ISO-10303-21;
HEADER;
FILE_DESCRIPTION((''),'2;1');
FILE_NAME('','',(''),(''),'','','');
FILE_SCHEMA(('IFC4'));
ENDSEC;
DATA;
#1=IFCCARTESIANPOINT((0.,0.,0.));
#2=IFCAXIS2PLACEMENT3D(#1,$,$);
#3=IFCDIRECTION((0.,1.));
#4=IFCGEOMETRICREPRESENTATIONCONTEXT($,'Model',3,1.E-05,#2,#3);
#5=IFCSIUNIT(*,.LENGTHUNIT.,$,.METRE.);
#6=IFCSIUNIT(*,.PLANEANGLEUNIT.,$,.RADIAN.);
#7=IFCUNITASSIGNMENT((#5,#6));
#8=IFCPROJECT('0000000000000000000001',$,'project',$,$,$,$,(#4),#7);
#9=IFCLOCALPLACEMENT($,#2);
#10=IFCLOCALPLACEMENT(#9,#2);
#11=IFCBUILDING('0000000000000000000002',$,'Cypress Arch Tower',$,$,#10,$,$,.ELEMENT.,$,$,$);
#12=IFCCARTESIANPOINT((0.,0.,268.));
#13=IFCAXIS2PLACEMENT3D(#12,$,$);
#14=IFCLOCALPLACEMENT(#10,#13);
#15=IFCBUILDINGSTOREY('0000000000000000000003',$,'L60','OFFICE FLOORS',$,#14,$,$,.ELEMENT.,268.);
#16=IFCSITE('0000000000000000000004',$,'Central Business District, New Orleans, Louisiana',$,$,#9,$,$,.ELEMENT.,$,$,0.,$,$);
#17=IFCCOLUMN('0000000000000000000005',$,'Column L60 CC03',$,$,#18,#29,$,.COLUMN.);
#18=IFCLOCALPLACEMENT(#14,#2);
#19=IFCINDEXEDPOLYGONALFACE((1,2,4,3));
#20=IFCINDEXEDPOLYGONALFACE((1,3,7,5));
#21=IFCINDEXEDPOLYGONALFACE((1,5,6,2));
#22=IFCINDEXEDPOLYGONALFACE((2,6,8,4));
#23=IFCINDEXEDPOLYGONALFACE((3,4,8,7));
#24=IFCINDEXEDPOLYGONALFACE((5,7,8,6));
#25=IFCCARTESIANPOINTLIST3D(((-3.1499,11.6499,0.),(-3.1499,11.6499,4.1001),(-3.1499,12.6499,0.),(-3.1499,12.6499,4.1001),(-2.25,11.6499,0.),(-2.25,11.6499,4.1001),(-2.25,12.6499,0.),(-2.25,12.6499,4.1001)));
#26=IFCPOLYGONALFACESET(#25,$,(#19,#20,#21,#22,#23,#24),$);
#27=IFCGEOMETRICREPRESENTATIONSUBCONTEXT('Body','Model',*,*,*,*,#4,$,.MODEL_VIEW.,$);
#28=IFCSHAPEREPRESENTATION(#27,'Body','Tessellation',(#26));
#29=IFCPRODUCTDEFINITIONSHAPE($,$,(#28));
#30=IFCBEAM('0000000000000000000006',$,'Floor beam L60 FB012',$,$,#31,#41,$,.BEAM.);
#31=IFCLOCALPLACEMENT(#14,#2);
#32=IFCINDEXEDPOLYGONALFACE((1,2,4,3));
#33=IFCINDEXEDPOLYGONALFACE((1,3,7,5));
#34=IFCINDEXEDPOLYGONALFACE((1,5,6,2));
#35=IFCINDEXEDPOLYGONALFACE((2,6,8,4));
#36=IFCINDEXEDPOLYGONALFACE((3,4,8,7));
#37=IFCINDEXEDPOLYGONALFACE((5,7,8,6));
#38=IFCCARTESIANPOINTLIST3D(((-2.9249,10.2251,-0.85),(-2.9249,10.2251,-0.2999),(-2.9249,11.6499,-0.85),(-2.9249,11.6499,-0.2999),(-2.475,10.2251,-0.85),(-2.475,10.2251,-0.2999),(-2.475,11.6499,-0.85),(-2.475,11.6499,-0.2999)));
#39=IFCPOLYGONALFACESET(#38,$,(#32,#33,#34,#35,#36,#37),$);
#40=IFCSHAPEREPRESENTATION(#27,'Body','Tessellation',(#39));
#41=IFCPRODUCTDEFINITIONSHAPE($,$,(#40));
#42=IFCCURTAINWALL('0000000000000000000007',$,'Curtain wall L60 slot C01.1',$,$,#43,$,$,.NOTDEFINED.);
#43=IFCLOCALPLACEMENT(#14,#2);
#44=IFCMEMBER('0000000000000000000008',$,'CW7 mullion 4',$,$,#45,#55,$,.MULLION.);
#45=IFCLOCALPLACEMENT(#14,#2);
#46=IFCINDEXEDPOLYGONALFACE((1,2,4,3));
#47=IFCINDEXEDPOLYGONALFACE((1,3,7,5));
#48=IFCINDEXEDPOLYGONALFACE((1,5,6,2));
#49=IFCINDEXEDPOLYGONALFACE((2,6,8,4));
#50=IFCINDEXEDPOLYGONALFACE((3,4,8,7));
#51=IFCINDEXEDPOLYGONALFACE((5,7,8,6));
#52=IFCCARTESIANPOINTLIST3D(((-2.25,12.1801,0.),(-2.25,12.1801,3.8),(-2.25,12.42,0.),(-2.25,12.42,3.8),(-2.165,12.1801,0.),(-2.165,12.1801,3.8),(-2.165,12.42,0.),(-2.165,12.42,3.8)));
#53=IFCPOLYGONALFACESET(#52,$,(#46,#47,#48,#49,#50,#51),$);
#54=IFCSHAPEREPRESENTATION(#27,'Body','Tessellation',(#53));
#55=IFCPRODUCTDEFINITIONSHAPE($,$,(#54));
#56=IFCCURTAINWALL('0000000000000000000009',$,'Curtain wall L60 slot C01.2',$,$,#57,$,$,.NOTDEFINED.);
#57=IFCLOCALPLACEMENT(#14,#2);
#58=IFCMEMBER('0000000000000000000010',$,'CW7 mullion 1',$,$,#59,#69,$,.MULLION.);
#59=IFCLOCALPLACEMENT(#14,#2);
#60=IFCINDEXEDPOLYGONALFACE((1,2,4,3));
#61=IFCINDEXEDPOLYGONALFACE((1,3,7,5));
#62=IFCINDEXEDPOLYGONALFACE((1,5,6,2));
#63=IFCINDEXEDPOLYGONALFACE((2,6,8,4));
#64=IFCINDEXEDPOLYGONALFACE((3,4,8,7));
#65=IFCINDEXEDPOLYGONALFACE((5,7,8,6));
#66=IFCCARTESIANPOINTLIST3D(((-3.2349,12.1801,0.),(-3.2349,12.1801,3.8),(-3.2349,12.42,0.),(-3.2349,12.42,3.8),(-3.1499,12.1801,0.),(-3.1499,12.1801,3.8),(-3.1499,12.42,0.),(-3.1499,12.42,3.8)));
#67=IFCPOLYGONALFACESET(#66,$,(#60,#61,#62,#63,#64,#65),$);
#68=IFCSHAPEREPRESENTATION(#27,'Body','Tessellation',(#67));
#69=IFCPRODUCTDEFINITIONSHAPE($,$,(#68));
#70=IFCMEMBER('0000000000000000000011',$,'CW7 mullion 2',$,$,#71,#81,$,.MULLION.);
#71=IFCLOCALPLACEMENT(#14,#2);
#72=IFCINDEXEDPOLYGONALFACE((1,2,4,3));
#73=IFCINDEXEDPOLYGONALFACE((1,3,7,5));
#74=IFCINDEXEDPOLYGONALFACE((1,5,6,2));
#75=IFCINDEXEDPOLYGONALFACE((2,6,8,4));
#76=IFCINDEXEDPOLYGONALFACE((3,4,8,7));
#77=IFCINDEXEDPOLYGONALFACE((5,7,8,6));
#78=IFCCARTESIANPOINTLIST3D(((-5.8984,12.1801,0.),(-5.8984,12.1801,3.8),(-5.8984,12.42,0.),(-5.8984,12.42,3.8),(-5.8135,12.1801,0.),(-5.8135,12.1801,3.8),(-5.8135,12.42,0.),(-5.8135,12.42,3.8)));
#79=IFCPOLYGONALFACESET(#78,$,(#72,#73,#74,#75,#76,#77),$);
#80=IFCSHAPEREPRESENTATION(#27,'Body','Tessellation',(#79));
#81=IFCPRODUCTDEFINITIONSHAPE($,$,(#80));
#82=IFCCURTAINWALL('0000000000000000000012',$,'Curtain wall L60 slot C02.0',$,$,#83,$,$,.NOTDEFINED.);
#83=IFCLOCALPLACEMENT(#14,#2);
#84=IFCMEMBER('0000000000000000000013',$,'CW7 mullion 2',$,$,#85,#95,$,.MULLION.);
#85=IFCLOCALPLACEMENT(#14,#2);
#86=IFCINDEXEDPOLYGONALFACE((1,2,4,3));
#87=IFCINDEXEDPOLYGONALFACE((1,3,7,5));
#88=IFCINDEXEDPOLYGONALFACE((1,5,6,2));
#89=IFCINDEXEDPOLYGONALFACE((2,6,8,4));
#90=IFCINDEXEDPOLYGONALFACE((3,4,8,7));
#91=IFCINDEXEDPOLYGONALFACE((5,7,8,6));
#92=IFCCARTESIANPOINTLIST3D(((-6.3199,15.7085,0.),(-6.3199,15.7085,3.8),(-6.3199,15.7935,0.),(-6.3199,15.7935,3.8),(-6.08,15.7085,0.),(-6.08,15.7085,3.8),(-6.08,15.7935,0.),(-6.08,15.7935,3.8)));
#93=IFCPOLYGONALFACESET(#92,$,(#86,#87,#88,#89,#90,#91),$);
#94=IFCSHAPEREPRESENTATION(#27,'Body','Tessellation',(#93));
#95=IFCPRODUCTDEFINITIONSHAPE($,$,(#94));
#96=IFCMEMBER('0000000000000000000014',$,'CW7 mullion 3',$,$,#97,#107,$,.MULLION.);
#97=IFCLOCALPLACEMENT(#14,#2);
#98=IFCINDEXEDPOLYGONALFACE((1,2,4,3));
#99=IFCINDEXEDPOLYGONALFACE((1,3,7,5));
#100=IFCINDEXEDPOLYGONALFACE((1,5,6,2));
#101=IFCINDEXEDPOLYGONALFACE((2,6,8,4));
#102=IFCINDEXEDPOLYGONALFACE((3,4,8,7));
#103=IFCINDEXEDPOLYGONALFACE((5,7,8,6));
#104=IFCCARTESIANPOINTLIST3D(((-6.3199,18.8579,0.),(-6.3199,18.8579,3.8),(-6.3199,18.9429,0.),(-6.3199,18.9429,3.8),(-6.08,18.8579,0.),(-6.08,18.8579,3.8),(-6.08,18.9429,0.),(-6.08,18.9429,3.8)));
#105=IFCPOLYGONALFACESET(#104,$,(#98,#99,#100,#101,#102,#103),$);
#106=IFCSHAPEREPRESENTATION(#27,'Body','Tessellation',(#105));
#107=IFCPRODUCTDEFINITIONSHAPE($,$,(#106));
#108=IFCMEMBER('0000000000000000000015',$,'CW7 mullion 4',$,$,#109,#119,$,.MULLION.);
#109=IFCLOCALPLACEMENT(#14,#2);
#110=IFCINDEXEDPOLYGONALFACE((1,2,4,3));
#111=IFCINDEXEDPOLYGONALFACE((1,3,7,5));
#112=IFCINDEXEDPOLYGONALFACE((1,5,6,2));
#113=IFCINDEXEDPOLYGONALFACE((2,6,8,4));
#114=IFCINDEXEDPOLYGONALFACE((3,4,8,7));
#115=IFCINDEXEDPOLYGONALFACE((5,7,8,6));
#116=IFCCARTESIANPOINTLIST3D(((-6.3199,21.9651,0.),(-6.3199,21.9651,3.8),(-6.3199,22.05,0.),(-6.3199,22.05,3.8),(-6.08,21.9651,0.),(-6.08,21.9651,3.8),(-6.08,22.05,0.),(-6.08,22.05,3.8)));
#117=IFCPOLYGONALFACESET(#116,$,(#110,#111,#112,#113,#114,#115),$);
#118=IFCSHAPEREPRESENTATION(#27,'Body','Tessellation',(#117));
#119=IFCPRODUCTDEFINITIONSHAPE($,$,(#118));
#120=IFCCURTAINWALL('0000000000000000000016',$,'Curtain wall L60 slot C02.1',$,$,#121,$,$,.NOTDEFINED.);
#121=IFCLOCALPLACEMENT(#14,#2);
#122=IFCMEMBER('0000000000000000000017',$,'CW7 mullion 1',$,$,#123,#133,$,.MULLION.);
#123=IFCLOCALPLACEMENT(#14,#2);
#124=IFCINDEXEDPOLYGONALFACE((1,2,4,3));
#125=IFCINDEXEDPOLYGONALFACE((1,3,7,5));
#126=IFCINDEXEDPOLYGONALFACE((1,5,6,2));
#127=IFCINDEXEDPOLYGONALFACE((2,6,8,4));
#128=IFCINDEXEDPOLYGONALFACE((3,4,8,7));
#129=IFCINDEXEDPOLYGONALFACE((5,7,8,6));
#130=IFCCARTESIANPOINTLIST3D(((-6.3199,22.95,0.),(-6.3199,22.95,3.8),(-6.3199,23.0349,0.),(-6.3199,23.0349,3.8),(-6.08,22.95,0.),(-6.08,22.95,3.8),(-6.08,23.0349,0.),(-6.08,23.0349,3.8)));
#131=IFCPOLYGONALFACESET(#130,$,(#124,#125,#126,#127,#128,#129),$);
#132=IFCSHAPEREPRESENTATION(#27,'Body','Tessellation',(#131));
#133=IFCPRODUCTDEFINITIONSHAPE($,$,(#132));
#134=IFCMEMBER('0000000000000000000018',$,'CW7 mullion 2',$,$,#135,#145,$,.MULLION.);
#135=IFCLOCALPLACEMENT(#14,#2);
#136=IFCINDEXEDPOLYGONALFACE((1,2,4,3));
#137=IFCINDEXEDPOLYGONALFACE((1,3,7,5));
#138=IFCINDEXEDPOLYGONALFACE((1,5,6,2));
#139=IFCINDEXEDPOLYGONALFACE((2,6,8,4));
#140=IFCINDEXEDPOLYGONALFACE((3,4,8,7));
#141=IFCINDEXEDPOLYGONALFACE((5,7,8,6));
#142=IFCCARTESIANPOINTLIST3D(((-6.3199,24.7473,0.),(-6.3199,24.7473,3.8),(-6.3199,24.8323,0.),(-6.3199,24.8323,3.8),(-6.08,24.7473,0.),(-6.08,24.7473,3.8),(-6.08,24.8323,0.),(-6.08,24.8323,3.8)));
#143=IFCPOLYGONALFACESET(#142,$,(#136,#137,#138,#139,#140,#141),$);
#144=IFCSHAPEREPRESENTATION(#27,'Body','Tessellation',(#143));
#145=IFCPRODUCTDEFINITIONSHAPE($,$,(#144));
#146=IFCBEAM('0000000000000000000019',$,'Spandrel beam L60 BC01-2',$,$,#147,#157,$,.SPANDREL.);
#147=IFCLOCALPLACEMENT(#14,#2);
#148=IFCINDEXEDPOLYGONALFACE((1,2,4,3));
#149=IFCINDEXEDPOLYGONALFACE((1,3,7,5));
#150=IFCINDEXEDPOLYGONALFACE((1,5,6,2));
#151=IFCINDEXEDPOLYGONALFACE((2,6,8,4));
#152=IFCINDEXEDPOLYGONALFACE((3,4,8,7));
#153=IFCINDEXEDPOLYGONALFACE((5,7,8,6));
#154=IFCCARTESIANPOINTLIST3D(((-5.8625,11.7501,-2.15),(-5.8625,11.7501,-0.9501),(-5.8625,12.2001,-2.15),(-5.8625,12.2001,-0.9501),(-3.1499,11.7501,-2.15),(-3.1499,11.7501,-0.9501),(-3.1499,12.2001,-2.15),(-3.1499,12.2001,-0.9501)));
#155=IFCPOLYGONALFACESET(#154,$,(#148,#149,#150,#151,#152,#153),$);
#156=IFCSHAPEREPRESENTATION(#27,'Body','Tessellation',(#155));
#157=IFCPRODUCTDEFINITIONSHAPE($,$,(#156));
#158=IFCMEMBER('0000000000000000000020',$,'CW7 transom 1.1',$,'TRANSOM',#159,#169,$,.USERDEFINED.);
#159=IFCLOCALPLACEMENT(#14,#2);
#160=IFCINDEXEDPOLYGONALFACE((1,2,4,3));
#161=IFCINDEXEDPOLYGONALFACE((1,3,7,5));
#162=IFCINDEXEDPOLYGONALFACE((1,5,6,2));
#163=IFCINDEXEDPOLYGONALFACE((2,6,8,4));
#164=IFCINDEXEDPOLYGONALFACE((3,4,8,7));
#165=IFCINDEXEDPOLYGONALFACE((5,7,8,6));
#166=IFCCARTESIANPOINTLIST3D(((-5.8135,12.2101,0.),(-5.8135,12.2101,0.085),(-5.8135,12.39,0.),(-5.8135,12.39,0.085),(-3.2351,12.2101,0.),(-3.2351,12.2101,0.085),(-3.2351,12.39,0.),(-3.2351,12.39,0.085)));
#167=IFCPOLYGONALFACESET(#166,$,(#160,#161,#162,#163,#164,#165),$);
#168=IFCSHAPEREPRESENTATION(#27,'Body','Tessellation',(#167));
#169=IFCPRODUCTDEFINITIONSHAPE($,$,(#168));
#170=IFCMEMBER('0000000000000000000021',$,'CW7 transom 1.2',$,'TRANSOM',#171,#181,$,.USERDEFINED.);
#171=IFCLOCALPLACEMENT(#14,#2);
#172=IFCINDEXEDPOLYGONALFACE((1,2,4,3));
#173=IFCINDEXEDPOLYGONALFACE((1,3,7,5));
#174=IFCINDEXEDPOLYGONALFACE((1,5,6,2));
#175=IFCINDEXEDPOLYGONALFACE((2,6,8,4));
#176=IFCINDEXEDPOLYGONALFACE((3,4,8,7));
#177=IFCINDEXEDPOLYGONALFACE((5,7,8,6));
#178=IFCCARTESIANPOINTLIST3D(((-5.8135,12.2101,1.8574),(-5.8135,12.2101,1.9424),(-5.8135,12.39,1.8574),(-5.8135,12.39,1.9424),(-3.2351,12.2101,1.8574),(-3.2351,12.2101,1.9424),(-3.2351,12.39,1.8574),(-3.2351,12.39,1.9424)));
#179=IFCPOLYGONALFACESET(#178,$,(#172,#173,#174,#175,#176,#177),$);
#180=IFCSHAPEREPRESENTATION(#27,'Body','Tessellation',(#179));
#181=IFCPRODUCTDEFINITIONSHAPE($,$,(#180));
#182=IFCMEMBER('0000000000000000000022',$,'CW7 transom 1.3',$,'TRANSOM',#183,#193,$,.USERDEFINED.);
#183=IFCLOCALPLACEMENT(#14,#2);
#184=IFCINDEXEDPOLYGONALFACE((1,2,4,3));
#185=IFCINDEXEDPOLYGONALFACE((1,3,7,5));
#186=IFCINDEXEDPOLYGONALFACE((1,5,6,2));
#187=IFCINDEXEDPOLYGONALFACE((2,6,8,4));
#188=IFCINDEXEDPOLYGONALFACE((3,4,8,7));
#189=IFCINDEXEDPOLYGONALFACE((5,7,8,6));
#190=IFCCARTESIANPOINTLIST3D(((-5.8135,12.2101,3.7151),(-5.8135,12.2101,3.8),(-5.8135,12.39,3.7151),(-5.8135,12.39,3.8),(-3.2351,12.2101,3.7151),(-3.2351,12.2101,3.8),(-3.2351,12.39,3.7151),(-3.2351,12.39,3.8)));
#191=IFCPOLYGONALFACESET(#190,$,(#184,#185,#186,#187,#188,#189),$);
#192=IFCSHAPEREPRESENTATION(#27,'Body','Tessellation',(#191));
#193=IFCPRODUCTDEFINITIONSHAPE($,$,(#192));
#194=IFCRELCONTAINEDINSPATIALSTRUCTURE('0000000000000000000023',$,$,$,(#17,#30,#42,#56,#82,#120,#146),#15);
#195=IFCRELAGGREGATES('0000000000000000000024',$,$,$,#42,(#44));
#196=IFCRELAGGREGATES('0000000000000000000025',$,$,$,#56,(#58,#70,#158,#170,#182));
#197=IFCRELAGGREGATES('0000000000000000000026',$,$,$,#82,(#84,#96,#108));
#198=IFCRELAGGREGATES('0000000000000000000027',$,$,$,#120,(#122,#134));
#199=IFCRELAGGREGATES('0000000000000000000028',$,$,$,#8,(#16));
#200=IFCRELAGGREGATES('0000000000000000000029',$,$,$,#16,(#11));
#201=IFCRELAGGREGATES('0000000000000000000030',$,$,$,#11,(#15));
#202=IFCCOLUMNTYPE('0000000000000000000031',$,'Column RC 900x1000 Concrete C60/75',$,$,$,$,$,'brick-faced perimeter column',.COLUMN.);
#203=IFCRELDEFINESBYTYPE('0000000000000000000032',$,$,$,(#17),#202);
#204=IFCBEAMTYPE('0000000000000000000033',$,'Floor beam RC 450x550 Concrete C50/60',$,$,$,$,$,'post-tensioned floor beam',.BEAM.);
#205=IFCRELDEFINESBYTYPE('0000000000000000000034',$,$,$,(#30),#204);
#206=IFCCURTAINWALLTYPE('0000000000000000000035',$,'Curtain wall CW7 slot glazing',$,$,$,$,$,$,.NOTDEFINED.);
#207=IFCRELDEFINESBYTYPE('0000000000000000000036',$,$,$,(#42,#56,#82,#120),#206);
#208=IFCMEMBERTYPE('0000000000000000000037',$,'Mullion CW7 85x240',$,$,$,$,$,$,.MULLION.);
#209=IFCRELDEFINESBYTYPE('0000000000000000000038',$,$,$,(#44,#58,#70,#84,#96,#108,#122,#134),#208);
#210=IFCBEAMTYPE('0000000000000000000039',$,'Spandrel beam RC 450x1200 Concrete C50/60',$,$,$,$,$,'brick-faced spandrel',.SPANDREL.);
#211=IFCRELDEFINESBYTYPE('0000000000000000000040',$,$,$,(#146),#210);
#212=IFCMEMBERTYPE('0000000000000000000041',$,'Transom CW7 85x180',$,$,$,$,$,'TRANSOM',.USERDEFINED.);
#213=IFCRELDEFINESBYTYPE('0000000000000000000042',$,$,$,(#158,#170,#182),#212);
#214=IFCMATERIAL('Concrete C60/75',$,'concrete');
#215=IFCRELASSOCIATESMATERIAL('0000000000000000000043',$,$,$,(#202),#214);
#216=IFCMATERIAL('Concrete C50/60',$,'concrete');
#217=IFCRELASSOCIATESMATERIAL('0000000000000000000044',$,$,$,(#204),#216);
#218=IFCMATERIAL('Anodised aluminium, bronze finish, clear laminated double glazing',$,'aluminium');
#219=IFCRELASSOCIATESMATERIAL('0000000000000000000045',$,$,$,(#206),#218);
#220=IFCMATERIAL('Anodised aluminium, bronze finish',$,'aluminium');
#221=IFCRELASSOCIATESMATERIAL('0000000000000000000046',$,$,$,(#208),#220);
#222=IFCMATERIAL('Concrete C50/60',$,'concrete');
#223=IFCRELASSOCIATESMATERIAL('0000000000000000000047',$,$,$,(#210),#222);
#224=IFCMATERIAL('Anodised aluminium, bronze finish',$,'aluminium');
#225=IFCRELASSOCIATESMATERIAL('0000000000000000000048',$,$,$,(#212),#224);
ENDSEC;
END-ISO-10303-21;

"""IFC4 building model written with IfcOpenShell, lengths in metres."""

from ifc_helpers import new_model, si_unit, direction, frame, origin, origin_2d, place, context, subcontext, project, spatial, rectangle, extrude, material, material_profile, profile_set, type_object, element, aggregate, save


model = new_model("IFC4")

# Units and contexts
model_context = context("Model", 3, precision=1e-05, world=origin(), true_north=direction((0.0, 1.0)))
body_context = subcontext(model_context, "Body", "Model", "MODEL_VIEW")
ifc_project = project(units=[si_unit("LENGTHUNIT", "METRE"), si_unit("PLANEANGLEUNIT", "RADIAN")], contexts=[model_context])

# Site, building, storey
site_placement = place(None, origin())
site = spatial("IfcSite", under=ifc_project, at=site_placement, Name="Central Business District, New Orleans, Louisiana", CompositionType="ELEMENT", RefElevation=0.0)
building_placement = place(site_placement, origin())
building = spatial("IfcBuilding", under=site, at=building_placement, Name="Cypress Arch Tower", CompositionType="ELEMENT")
storey_placement = place(building_placement, frame((0.0, 0.0, 268.0)))
storey = spatial("IfcBuildingStorey", under=building, at=storey_placement, Name="L60", Description="OFFICE FLOORS", CompositionType="ELEMENT", Elevation=268.0)

# Column
ifc_material_1 = material(Name="Concrete C60/75", Category="concrete")
ifc_material_profile_1 = material_profile(ifc_material_1, rectangle(XDim=0.8999, YDim=1.0, at=origin_2d()), Name="RC 900x1000")
ifc_profile_set_1 = profile_set([ifc_material_profile_1], Name="Concrete C60/75")
column_type = type_object("IfcColumnType", Name="Column RC 900x1000 Concrete C60/75", ElementType="brick-faced perimeter column", PredefinedType="COLUMN", material=ifc_profile_set_1)
column_placement = place(storey_placement, frame((-2.7, 12.1499, 0.0), z_axis=(0.0, 0.0, 1.0), x_axis=(-1.0, 0.0, 0.0)))
element("IfcColumn", 1, at=column_placement, inside=storey, type_object=column_type, Name="Column L60 CC03", PredefinedType="COLUMN", context=body_context, shape_type="SweptSolid", body=[
    extrude(rectangle(XDim=0.8999, YDim=1.0, at=origin_2d()), origin(), (0.0, 0.0, 1.0), 4.1001),
])

# Beam
ifc_material_2 = material(Name="Concrete C50/60", Category="concrete")
ifc_material_profile_2 = material_profile(ifc_material_2, rectangle(XDim=0.45, YDim=0.55, at=origin_2d()), Name="RC 450x550")
ifc_profile_set_2 = profile_set([ifc_material_profile_2], Name="Concrete C50/60")
beam_type_1 = type_object("IfcBeamType", Name="Floor beam RC 450x550 Concrete C50/60", ElementType="post-tensioned floor beam", PredefinedType="BEAM", material=ifc_profile_set_2)
beam_1_placement = place(storey_placement, frame((-2.7, 10.2251, -0.575), z_axis=(0.0, 1.0, 0.0), x_axis=(-1.0, 0.0, 0.0)))
element("IfcBeam", 2, at=beam_1_placement, inside=storey, type_object=beam_type_1, Name="Floor beam L60 FB012", PredefinedType="BEAM", context=body_context, shape_type="SweptSolid", body=[
    extrude(rectangle(XDim=0.45, YDim=0.55, at=origin_2d()), origin(), (0.0, 0.0, 1.0), 1.4248),
])

# Curtain wall, member
ifc_material_3 = material(Name="Anodised aluminium, bronze finish, clear laminated double glazing", Category="aluminium")
curtain_wall_type = type_object("IfcCurtainWallType", Name="Curtain wall CW7 slot glazing", PredefinedType="NOTDEFINED", material=ifc_material_3)
curtain_wall_1_placement = place(storey_placement, origin())
curtain_wall_1 = element("IfcCurtainWall", 3, at=curtain_wall_1_placement, inside=storey, type_object=curtain_wall_type, Name="Curtain wall L60 slot C01.1", PredefinedType="NOTDEFINED")
ifc_material_4 = material(Name="Anodised aluminium, bronze finish", Category="aluminium")
ifc_material_profile_3 = material_profile(ifc_material_4, rectangle(XDim=0.24, YDim=0.085, at=origin_2d()), Name="Mullion 85x240")
ifc_profile_set_3 = profile_set([ifc_material_profile_3], Name="Anodised aluminium, bronze finish")
member_type_1 = type_object("IfcMemberType", Name="Mullion CW7 85x240", PredefinedType="MULLION", material=ifc_profile_set_3)
member_1_placement = place(storey_placement, frame((-2.2075, 12.3, 0.0), z_axis=(0.0, 0.0, 1.0), x_axis=(0.0, -1.0, 0.0)))
member_1 = element("IfcMember", 4, at=member_1_placement, type_object=member_type_1, Name="CW7 mullion 4", PredefinedType="MULLION", context=body_context, shape_type="SweptSolid", body=[
    extrude(rectangle(XDim=0.24, YDim=0.085, at=origin_2d()), origin(), (0.0, 0.0, 1.0), 3.8),
])

# Curtain walls, members
curtain_wall_2_placement = place(storey_placement, origin())
curtain_wall_2 = element("IfcCurtainWall", 5, at=curtain_wall_2_placement, inside=storey, type_object=curtain_wall_type, Name="Curtain wall L60 slot C01.2", PredefinedType="NOTDEFINED")
member_2_placement = place(storey_placement, frame((-3.1924, 12.3, 0.0), z_axis=(0.0, 0.0, 1.0), x_axis=(0.0, -1.0, 0.0)))
member_2 = element("IfcMember", 6, at=member_2_placement, type_object=member_type_1, Name="CW7 mullion 1", PredefinedType="MULLION", context=body_context, shape_type="SweptSolid", body=[
    extrude(rectangle(XDim=0.24, YDim=0.085, at=origin_2d()), origin(), (0.0, 0.0, 1.0), 3.8),
])
member_3_placement = place(storey_placement, frame((-5.856, 12.3, 0.0), z_axis=(0.0, 0.0, 1.0), x_axis=(0.0, -1.0, 0.0)))
member_3 = element("IfcMember", 7, at=member_3_placement, type_object=member_type_1, Name="CW7 mullion 2", PredefinedType="MULLION", context=body_context, shape_type="SweptSolid", body=[
    extrude(rectangle(XDim=0.24, YDim=0.085, at=origin_2d()), origin(), (0.0, 0.0, 1.0), 3.8),
])
curtain_wall_3_placement = place(storey_placement, origin())
curtain_wall_3 = element("IfcCurtainWall", 8, at=curtain_wall_3_placement, inside=storey, type_object=curtain_wall_type, Name="Curtain wall L60 slot C02.0", PredefinedType="NOTDEFINED")
member_4_placement = place(storey_placement, frame((-6.2, 15.751, 0.0), z_axis=(0.0, 0.0, 1.0), x_axis=(-1.0, 0.0, 0.0)))
member_4 = element("IfcMember", 9, at=member_4_placement, type_object=member_type_1, Name="CW7 mullion 2", PredefinedType="MULLION", context=body_context, shape_type="SweptSolid", body=[
    extrude(rectangle(XDim=0.24, YDim=0.085, at=origin_2d()), origin(), (0.0, 0.0, 1.0), 3.8),
])
member_5_placement = place(storey_placement, frame((-6.2, 18.9004, 0.0), z_axis=(0.0, 0.0, 1.0), x_axis=(-1.0, 0.0, 0.0)))
member_5 = element("IfcMember", 10, at=member_5_placement, type_object=member_type_1, Name="CW7 mullion 3", PredefinedType="MULLION", context=body_context, shape_type="SweptSolid", body=[
    extrude(rectangle(XDim=0.24, YDim=0.085, at=origin_2d()), origin(), (0.0, 0.0, 1.0), 3.8),
])
member_6_placement = place(storey_placement, frame((-6.2, 22.0076, 0.0), z_axis=(0.0, 0.0, 1.0), x_axis=(-1.0, 0.0, 0.0)))
member_6 = element("IfcMember", 11, at=member_6_placement, type_object=member_type_1, Name="CW7 mullion 4", PredefinedType="MULLION", context=body_context, shape_type="SweptSolid", body=[
    extrude(rectangle(XDim=0.24, YDim=0.085, at=origin_2d()), origin(), (0.0, 0.0, 1.0), 3.8),
])
curtain_wall_4_placement = place(storey_placement, origin())
curtain_wall_4 = element("IfcCurtainWall", 12, at=curtain_wall_4_placement, inside=storey, type_object=curtain_wall_type, Name="Curtain wall L60 slot C02.1", PredefinedType="NOTDEFINED")
member_7_placement = place(storey_placement, frame((-6.2, 22.9924, 0.0), z_axis=(0.0, 0.0, 1.0), x_axis=(-1.0, 0.0, 0.0)))
member_7 = element("IfcMember", 13, at=member_7_placement, type_object=member_type_1, Name="CW7 mullion 1", PredefinedType="MULLION", context=body_context, shape_type="SweptSolid", body=[
    extrude(rectangle(XDim=0.24, YDim=0.085, at=origin_2d()), origin(), (0.0, 0.0, 1.0), 3.8),
])
member_8_placement = place(storey_placement, frame((-6.2, 24.7898, 0.0), z_axis=(0.0, 0.0, 1.0), x_axis=(-1.0, 0.0, 0.0)))
member_8 = element("IfcMember", 14, at=member_8_placement, type_object=member_type_1, Name="CW7 mullion 2", PredefinedType="MULLION", context=body_context, shape_type="SweptSolid", body=[
    extrude(rectangle(XDim=0.24, YDim=0.085, at=origin_2d()), origin(), (0.0, 0.0, 1.0), 3.8),
])

# Beam
ifc_material_5 = material(Name="Concrete C50/60", Category="concrete")
ifc_material_profile_4 = material_profile(ifc_material_5, rectangle(XDim=0.45, YDim=1.2, at=origin_2d()), Name="RC 450x1200")
ifc_profile_set_4 = profile_set([ifc_material_profile_4], Name="Concrete C50/60")
beam_type_2 = type_object("IfcBeamType", Name="Spandrel beam RC 450x1200 Concrete C50/60", ElementType="brick-faced spandrel", PredefinedType="SPANDREL", material=ifc_profile_set_4)
beam_2_placement = place(storey_placement, frame((-3.1499, 11.9751, -1.55), z_axis=(-1.0, 0.0, 0.0), x_axis=(0.0, -1.0, 0.0)))
element("IfcBeam", 15, at=beam_2_placement, inside=storey, type_object=beam_type_2, Name="Spandrel beam L60 BC01-2", PredefinedType="SPANDREL", context=body_context, shape_type="SweptSolid", body=[
    extrude(rectangle(XDim=0.45, YDim=1.2, at=origin_2d()), origin(), (0.0, 0.0, 1.0), 2.7126),
])

# Members
ifc_material_6 = material(Name="Anodised aluminium, bronze finish", Category="aluminium")
ifc_material_profile_5 = material_profile(ifc_material_6, rectangle(XDim=0.1799, YDim=0.085, at=origin_2d()), Name="Transom 85x180")
ifc_profile_set_5 = profile_set([ifc_material_profile_5], Name="Anodised aluminium, bronze finish")
member_type_2 = type_object("IfcMemberType", Name="Transom CW7 85x180", ElementType="TRANSOM", PredefinedType="USERDEFINED", material=ifc_profile_set_5)
member_9_placement = place(storey_placement, frame((-3.2351, 12.3, 0.0425), z_axis=(-1.0, 0.0, 0.0), x_axis=(0.0, -1.0, 0.0)))
member_9 = element("IfcMember", 16, at=member_9_placement, type_object=member_type_2, Name="CW7 transom 1.1", ObjectType="TRANSOM", PredefinedType="USERDEFINED", context=body_context, shape_type="SweptSolid", body=[
    extrude(rectangle(XDim=0.1799, YDim=0.085, at=origin_2d()), origin(), (0.0, 0.0, 1.0), 2.5784),
])
member_10_placement = place(storey_placement, frame((-3.2351, 12.3, 1.8999), z_axis=(-1.0, 0.0, 0.0), x_axis=(0.0, -1.0, 0.0)))
member_10 = element("IfcMember", 17, at=member_10_placement, type_object=member_type_2, Name="CW7 transom 1.2", ObjectType="TRANSOM", PredefinedType="USERDEFINED", context=body_context, shape_type="SweptSolid", body=[
    extrude(rectangle(XDim=0.1799, YDim=0.085, at=origin_2d()), origin(), (0.0, 0.0, 1.0), 2.5784),
])
member_11_placement = place(storey_placement, frame((-3.2351, 12.3, 3.7576), z_axis=(-1.0, 0.0, 0.0), x_axis=(0.0, -1.0, 0.0)))
member_11 = element("IfcMember", 18, at=member_11_placement, type_object=member_type_2, Name="CW7 transom 1.3", ObjectType="TRANSOM", PredefinedType="USERDEFINED", context=body_context, shape_type="SweptSolid", body=[
    extrude(rectangle(XDim=0.1799, YDim=0.085, at=origin_2d()), origin(), (0.0, 0.0, 1.0), 2.5784),
])

aggregate(curtain_wall_1, [member_1])
aggregate(curtain_wall_2, [member_2, member_3, member_9, member_10, member_11])
aggregate(curtain_wall_3, [member_4, member_5, member_6])
aggregate(curtain_wall_4, [member_7, member_8])

save(model, "model.ifc")
